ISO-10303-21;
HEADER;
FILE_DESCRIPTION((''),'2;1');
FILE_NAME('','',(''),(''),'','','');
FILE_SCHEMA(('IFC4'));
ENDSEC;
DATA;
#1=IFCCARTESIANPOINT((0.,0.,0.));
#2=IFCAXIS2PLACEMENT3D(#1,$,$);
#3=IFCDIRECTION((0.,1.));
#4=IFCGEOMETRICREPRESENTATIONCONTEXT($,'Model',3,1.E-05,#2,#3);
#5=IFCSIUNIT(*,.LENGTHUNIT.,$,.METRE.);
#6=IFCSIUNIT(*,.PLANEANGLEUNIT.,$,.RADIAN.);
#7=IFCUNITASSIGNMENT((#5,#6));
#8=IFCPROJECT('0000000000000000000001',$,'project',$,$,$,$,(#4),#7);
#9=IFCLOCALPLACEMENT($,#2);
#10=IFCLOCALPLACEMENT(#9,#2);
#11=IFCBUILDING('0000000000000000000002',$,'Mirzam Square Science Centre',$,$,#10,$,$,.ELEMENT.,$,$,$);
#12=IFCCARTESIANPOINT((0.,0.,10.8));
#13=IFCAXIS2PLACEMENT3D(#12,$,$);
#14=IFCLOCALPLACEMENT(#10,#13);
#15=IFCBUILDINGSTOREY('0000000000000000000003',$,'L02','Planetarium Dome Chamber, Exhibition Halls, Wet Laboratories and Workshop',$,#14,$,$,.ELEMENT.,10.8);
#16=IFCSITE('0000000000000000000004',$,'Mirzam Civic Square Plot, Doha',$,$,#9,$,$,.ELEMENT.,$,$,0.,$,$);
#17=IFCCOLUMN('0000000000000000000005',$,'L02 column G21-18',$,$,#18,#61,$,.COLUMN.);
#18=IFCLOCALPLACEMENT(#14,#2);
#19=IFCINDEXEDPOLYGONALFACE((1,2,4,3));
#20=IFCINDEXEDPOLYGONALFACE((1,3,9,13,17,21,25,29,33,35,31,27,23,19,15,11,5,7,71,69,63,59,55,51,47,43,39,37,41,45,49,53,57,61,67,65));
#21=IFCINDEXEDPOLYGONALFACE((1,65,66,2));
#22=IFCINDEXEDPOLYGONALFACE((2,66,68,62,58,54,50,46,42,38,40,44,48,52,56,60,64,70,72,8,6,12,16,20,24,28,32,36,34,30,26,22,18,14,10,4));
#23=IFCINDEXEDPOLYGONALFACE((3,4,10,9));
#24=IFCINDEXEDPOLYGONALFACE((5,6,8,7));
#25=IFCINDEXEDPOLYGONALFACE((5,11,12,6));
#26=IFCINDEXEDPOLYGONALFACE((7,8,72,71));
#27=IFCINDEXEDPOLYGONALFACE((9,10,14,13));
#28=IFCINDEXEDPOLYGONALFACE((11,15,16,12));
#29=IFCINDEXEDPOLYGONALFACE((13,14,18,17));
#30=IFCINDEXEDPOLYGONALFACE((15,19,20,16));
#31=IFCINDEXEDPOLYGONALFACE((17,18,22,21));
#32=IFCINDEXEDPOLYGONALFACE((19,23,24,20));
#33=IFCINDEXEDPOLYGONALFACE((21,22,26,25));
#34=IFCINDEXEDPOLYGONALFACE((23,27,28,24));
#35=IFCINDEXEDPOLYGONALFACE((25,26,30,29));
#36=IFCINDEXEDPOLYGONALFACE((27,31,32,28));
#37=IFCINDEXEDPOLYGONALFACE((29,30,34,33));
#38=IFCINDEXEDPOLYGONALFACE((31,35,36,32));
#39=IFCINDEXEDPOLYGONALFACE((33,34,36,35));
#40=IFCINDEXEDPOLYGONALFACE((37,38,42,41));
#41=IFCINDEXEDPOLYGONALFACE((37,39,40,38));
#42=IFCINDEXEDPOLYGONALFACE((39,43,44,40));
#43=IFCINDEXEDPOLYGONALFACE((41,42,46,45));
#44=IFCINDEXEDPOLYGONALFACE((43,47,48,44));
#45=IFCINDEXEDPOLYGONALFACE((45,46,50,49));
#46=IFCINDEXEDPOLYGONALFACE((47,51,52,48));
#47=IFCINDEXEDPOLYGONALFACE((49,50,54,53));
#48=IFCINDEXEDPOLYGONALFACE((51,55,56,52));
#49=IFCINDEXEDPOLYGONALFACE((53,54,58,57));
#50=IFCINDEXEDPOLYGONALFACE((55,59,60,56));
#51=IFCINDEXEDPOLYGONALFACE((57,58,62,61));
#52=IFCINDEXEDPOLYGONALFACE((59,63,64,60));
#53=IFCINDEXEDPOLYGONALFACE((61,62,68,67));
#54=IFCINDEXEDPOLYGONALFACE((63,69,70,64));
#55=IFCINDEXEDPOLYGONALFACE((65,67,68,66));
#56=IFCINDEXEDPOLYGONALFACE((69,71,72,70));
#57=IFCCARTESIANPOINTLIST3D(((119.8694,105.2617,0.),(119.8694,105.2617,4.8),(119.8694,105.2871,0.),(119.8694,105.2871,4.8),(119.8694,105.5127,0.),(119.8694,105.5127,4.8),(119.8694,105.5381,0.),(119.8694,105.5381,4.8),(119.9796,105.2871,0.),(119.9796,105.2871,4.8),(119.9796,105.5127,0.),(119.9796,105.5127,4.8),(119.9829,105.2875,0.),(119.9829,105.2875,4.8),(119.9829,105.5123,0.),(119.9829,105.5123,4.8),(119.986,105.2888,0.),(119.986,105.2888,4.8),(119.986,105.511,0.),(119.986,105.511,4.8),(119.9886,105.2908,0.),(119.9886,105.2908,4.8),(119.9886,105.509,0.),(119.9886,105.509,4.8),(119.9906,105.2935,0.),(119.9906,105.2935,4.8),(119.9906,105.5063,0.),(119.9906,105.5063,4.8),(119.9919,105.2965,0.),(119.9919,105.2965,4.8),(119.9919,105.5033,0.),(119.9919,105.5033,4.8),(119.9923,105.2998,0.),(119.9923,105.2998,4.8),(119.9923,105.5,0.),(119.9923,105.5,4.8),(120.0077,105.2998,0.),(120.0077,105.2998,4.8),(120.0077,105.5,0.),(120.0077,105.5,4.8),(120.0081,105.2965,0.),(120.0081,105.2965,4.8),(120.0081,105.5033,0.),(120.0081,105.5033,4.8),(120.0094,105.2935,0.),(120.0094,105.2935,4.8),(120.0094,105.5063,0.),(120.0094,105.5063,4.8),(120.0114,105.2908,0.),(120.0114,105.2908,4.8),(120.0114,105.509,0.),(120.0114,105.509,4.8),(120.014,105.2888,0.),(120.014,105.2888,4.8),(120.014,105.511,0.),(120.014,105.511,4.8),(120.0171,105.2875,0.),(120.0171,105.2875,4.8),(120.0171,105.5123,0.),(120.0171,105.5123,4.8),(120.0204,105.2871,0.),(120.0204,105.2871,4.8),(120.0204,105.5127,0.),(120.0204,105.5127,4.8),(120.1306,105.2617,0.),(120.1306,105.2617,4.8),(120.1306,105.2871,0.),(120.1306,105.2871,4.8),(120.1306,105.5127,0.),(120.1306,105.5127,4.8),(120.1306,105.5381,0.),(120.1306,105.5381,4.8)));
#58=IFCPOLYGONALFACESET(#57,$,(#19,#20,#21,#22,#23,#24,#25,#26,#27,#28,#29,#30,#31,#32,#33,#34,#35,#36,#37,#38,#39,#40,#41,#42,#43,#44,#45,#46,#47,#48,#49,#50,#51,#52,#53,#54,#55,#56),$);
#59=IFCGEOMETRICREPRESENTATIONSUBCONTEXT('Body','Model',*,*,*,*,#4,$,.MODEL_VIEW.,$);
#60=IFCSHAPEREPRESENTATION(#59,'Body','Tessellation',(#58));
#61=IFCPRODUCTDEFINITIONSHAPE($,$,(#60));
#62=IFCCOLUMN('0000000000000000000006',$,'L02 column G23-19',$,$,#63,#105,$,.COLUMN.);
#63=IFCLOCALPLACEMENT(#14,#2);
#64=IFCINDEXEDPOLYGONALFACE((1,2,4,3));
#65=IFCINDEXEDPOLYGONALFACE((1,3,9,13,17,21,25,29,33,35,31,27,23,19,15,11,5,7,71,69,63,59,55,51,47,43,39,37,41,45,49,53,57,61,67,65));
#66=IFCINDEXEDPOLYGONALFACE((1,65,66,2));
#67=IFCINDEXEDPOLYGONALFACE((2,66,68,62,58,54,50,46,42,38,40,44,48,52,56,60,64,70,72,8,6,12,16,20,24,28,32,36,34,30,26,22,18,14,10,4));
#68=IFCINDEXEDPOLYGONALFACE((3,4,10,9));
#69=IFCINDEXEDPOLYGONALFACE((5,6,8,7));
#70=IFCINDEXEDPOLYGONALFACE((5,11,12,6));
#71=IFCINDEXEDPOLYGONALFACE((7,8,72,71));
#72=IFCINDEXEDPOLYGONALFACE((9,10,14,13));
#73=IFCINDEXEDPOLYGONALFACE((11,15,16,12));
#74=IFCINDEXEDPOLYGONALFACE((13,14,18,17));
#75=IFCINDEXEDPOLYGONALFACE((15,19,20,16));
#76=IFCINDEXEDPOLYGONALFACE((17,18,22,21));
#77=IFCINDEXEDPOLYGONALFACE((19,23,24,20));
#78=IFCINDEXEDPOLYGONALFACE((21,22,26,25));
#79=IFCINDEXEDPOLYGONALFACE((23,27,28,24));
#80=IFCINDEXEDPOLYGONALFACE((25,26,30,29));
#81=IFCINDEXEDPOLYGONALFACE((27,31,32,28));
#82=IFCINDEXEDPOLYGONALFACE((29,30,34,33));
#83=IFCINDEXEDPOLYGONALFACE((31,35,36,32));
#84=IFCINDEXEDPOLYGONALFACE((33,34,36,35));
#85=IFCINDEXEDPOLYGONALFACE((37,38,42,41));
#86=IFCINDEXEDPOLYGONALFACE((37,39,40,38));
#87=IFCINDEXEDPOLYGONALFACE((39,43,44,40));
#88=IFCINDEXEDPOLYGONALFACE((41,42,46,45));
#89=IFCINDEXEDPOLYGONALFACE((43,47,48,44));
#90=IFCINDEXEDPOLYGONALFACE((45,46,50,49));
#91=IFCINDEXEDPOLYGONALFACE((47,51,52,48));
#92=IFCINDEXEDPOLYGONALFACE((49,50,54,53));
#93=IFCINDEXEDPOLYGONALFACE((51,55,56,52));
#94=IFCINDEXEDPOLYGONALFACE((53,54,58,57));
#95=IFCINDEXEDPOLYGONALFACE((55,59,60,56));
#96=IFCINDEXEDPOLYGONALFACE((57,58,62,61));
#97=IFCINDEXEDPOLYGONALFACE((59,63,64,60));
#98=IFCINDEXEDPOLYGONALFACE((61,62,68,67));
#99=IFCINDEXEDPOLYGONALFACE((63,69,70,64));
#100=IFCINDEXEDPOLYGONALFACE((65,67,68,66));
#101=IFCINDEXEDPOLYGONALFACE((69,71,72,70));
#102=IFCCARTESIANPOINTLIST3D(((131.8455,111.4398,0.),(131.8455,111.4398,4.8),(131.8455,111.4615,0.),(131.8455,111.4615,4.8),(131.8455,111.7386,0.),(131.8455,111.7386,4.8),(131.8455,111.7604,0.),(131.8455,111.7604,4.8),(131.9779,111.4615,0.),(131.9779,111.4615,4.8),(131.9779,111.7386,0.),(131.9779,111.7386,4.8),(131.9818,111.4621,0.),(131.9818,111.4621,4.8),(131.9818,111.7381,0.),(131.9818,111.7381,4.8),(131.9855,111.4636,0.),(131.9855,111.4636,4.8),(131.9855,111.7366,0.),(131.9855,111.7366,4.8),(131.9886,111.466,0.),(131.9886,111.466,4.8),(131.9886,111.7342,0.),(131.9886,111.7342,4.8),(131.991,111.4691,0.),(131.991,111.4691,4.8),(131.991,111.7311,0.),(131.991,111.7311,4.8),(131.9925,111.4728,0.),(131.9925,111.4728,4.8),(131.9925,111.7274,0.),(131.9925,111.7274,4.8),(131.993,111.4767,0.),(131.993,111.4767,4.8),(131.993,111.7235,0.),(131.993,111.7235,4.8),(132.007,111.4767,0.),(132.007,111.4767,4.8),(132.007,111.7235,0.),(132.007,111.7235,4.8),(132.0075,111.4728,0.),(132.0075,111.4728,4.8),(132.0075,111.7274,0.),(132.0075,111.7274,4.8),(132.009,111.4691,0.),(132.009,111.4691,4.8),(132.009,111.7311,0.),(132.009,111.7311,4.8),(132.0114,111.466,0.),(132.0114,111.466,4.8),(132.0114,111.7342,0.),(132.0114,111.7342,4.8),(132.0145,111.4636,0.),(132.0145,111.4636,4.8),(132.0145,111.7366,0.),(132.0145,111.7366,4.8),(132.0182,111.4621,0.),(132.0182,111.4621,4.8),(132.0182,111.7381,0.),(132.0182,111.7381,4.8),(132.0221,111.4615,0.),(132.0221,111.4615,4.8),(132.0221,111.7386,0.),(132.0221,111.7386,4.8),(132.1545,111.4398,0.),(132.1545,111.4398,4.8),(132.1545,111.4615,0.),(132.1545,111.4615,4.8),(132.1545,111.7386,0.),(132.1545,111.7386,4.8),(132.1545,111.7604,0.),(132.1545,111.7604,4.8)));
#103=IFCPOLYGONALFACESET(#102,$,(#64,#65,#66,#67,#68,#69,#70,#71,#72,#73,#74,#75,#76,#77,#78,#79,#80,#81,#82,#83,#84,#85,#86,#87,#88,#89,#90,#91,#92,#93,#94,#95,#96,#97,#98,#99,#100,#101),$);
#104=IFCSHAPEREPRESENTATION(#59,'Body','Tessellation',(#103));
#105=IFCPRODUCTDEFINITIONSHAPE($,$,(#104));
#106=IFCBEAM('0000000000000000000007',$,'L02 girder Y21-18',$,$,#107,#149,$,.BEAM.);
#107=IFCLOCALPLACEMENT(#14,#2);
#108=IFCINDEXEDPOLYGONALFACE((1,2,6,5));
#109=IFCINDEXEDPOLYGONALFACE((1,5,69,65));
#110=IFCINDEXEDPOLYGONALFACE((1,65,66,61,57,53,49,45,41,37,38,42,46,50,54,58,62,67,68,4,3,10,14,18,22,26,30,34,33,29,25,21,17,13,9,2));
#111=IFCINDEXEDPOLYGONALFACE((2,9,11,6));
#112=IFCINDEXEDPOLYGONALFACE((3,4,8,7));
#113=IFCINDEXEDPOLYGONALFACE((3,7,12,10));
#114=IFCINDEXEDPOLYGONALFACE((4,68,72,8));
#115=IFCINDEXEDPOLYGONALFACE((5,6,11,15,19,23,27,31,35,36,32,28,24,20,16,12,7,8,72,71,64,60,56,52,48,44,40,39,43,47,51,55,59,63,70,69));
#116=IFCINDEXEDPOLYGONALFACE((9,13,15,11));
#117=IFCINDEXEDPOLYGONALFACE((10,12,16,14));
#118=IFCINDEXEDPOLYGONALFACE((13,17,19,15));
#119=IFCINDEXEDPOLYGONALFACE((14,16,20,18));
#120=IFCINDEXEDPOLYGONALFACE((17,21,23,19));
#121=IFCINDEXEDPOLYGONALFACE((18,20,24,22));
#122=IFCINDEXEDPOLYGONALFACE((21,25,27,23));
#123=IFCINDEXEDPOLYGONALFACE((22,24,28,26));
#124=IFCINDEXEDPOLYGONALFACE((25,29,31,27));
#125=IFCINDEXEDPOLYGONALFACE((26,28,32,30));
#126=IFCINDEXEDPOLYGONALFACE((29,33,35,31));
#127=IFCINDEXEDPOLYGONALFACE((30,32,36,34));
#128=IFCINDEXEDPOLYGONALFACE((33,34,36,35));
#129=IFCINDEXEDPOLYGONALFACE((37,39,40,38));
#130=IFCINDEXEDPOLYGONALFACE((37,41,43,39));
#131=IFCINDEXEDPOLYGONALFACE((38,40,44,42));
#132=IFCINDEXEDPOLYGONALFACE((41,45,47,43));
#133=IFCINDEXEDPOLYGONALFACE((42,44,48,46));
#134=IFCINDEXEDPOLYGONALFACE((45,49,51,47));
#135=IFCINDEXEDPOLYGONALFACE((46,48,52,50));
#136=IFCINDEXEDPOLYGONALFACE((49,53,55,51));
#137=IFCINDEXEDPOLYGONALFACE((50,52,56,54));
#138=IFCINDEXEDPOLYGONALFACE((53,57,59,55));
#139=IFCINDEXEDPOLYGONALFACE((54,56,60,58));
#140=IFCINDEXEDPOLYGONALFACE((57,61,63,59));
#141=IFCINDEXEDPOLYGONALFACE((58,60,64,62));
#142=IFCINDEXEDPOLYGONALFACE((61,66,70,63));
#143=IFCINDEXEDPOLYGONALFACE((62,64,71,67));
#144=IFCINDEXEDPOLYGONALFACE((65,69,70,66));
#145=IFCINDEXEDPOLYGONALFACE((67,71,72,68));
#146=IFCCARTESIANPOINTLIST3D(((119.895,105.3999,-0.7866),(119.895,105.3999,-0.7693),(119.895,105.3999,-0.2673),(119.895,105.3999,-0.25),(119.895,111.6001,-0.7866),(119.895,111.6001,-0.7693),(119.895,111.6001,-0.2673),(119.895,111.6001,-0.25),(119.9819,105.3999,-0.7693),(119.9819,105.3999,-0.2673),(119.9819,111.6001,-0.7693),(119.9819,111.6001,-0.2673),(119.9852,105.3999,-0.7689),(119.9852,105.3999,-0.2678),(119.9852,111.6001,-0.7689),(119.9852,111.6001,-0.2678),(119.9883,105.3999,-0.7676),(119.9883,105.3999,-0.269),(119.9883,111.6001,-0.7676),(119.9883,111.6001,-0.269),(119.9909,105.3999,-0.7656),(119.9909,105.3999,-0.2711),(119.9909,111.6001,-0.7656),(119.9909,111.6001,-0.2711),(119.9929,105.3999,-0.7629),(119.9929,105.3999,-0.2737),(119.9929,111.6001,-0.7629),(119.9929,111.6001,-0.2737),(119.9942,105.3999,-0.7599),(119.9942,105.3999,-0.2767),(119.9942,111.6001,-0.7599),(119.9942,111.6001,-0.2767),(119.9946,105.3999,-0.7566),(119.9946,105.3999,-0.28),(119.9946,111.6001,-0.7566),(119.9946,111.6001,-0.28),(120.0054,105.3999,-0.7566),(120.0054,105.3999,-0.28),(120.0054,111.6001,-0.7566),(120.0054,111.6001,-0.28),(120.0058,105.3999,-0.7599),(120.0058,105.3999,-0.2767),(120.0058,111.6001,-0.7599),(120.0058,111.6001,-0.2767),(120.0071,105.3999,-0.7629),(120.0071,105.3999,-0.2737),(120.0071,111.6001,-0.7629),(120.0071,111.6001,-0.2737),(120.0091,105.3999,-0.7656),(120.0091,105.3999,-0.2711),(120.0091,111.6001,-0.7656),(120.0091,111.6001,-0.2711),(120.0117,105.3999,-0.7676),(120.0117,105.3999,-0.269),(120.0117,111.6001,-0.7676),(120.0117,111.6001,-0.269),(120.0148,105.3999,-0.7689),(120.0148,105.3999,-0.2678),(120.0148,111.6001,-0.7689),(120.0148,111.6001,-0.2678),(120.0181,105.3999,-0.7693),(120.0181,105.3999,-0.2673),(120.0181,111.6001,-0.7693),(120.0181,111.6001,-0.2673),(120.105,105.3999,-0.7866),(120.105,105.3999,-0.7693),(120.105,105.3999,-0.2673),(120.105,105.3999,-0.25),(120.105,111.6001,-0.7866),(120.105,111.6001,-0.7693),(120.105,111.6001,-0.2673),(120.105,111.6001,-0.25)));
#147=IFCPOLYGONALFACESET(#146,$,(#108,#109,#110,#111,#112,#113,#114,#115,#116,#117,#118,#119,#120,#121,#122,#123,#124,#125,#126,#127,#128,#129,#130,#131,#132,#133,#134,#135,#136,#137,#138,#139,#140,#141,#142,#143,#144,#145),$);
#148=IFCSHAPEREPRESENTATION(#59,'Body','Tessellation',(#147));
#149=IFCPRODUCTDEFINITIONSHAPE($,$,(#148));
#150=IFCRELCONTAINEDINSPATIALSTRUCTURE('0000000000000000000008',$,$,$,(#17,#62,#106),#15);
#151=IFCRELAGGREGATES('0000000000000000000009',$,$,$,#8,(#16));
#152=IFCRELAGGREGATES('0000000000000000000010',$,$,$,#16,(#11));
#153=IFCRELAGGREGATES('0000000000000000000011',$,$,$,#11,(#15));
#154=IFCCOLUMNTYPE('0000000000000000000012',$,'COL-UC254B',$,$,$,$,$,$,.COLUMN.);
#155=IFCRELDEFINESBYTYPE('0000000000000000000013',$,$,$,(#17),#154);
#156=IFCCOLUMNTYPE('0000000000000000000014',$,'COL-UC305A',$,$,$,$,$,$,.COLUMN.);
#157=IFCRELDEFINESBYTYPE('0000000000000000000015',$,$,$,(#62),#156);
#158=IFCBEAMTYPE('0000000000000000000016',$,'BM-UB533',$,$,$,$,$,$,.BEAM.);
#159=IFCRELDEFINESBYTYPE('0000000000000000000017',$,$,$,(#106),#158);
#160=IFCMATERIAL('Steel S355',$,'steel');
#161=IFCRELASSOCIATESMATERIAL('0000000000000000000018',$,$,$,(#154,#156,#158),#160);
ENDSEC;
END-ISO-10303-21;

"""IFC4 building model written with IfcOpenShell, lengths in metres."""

from ifc_helpers import new_model, si_unit, direction, frame, origin, origin_2d, place, context, subcontext, project, spatial, i_section, extrude, material, material_profile, profile_set, type_object, element, save


model = new_model("IFC4")

# Units and contexts
model_context = context("Model", 3, precision=1e-05, world=origin(), true_north=direction((0.0, 1.0)))
body_context = subcontext(model_context, "Body", "Model", "MODEL_VIEW")
ifc_project = project(units=[si_unit("LENGTHUNIT", "METRE"), si_unit("PLANEANGLEUNIT", "RADIAN")], contexts=[model_context])

# Site, building, storey
site_placement = place(None, origin())
site = spatial("IfcSite", under=ifc_project, at=site_placement, Name="Mirzam Civic Square Plot, Doha", CompositionType="ELEMENT", RefElevation=0.0)
building_placement = place(site_placement, origin())
building = spatial("IfcBuilding", under=site, at=building_placement, Name="Mirzam Square Science Centre", CompositionType="ELEMENT")
storey_placement = place(building_placement, frame((0.0, 0.0, 10.8)))
storey = spatial("IfcBuildingStorey", under=building, at=storey_placement, Name="L02", Description="Planetarium Dome Chamber, Exhibition Halls, Wet Laboratories and Workshop", CompositionType="ELEMENT", Elevation=10.8)

# Columns
ifc_material_1 = material(Name="Steel S355", Category="steel")
ifc_material_profile_1 = material_profile(ifc_material_1, i_section(OverallWidth=0.2612, OverallDepth=0.2764, WebThickness=0.0154, FlangeThickness=0.0254, FilletRadius=0.0127, at=origin_2d()), Name="254x254x132UC")
ifc_profile_set_1 = profile_set([ifc_material_profile_1], Name="Steel S355")
column_type_1 = type_object("IfcColumnType", Name="COL-UC254B", PredefinedType="COLUMN", material=ifc_profile_set_1)
column_1_placement = place(storey_placement, frame((120.0, 105.3999, 0.0), z_axis=(0.0, 0.0, 1.0), x_axis=(1.0, 0.0, 0.0)))
element("IfcColumn", 1, at=column_1_placement, inside=storey, type_object=column_type_1, Name="L02 column G21-18", PredefinedType="COLUMN", context=body_context, shape_type="SweptSolid", body=[
    extrude(i_section(OverallWidth=0.2612, OverallDepth=0.2764, WebThickness=0.0154, FlangeThickness=0.0254, FilletRadius=0.0127, at=origin_2d()), origin(), (0.0, 0.0, 1.0), 4.8),
])
ifc_material_profile_2 = material_profile(ifc_material_1, i_section(OverallWidth=0.3091, OverallDepth=0.3206, WebThickness=0.0139, FlangeThickness=0.0217, FilletRadius=0.0151, at=origin_2d()), Name="305x305x137UC")
ifc_profile_set_2 = profile_set([ifc_material_profile_2], Name="Steel S355")
column_type_2 = type_object("IfcColumnType", Name="COL-UC305A", PredefinedType="COLUMN", material=ifc_profile_set_2)
column_2_placement = place(storey_placement, frame((132.0, 111.6001, 0.0), z_axis=(0.0, 0.0, 1.0), x_axis=(1.0, 0.0, 0.0)))
element("IfcColumn", 2, at=column_2_placement, inside=storey, type_object=column_type_2, Name="L02 column G23-19", PredefinedType="COLUMN", context=body_context, shape_type="SweptSolid", body=[
    extrude(i_section(OverallWidth=0.3091, OverallDepth=0.3206, WebThickness=0.0139, FlangeThickness=0.0217, FilletRadius=0.0151, at=origin_2d()), origin(), (0.0, 0.0, 1.0), 4.8),
])

# Beam
ifc_material_profile_3 = material_profile(ifc_material_1, i_section(OverallWidth=0.21, OverallDepth=0.5366, WebThickness=0.0107, FlangeThickness=0.0173, FilletRadius=0.0127, at=origin_2d()), Name="533x210x101UB")
ifc_profile_set_3 = profile_set([ifc_material_profile_3], Name="Steel S355")
beam_type_1 = type_object("IfcBeamType", Name="BM-UB533", PredefinedType="BEAM", material=ifc_profile_set_3)
beam_placement = place(storey_placement, frame((120.0, 105.3999, -0.5183), z_axis=(0.0, 1.0, 0.0), x_axis=(-1.0, 0.0, 0.0)))
element("IfcBeam", 3, at=beam_placement, inside=storey, type_object=beam_type_1, Name="L02 girder Y21-18", PredefinedType="BEAM", context=body_context, shape_type="SweptSolid", body=[
    extrude(i_section(OverallWidth=0.21, OverallDepth=0.5366, WebThickness=0.0107, FlangeThickness=0.0173, FilletRadius=0.0127, at=origin_2d()), origin(), (0.0, 0.0, 1.0), 6.2002),
])

save(model, "model.ifc")
